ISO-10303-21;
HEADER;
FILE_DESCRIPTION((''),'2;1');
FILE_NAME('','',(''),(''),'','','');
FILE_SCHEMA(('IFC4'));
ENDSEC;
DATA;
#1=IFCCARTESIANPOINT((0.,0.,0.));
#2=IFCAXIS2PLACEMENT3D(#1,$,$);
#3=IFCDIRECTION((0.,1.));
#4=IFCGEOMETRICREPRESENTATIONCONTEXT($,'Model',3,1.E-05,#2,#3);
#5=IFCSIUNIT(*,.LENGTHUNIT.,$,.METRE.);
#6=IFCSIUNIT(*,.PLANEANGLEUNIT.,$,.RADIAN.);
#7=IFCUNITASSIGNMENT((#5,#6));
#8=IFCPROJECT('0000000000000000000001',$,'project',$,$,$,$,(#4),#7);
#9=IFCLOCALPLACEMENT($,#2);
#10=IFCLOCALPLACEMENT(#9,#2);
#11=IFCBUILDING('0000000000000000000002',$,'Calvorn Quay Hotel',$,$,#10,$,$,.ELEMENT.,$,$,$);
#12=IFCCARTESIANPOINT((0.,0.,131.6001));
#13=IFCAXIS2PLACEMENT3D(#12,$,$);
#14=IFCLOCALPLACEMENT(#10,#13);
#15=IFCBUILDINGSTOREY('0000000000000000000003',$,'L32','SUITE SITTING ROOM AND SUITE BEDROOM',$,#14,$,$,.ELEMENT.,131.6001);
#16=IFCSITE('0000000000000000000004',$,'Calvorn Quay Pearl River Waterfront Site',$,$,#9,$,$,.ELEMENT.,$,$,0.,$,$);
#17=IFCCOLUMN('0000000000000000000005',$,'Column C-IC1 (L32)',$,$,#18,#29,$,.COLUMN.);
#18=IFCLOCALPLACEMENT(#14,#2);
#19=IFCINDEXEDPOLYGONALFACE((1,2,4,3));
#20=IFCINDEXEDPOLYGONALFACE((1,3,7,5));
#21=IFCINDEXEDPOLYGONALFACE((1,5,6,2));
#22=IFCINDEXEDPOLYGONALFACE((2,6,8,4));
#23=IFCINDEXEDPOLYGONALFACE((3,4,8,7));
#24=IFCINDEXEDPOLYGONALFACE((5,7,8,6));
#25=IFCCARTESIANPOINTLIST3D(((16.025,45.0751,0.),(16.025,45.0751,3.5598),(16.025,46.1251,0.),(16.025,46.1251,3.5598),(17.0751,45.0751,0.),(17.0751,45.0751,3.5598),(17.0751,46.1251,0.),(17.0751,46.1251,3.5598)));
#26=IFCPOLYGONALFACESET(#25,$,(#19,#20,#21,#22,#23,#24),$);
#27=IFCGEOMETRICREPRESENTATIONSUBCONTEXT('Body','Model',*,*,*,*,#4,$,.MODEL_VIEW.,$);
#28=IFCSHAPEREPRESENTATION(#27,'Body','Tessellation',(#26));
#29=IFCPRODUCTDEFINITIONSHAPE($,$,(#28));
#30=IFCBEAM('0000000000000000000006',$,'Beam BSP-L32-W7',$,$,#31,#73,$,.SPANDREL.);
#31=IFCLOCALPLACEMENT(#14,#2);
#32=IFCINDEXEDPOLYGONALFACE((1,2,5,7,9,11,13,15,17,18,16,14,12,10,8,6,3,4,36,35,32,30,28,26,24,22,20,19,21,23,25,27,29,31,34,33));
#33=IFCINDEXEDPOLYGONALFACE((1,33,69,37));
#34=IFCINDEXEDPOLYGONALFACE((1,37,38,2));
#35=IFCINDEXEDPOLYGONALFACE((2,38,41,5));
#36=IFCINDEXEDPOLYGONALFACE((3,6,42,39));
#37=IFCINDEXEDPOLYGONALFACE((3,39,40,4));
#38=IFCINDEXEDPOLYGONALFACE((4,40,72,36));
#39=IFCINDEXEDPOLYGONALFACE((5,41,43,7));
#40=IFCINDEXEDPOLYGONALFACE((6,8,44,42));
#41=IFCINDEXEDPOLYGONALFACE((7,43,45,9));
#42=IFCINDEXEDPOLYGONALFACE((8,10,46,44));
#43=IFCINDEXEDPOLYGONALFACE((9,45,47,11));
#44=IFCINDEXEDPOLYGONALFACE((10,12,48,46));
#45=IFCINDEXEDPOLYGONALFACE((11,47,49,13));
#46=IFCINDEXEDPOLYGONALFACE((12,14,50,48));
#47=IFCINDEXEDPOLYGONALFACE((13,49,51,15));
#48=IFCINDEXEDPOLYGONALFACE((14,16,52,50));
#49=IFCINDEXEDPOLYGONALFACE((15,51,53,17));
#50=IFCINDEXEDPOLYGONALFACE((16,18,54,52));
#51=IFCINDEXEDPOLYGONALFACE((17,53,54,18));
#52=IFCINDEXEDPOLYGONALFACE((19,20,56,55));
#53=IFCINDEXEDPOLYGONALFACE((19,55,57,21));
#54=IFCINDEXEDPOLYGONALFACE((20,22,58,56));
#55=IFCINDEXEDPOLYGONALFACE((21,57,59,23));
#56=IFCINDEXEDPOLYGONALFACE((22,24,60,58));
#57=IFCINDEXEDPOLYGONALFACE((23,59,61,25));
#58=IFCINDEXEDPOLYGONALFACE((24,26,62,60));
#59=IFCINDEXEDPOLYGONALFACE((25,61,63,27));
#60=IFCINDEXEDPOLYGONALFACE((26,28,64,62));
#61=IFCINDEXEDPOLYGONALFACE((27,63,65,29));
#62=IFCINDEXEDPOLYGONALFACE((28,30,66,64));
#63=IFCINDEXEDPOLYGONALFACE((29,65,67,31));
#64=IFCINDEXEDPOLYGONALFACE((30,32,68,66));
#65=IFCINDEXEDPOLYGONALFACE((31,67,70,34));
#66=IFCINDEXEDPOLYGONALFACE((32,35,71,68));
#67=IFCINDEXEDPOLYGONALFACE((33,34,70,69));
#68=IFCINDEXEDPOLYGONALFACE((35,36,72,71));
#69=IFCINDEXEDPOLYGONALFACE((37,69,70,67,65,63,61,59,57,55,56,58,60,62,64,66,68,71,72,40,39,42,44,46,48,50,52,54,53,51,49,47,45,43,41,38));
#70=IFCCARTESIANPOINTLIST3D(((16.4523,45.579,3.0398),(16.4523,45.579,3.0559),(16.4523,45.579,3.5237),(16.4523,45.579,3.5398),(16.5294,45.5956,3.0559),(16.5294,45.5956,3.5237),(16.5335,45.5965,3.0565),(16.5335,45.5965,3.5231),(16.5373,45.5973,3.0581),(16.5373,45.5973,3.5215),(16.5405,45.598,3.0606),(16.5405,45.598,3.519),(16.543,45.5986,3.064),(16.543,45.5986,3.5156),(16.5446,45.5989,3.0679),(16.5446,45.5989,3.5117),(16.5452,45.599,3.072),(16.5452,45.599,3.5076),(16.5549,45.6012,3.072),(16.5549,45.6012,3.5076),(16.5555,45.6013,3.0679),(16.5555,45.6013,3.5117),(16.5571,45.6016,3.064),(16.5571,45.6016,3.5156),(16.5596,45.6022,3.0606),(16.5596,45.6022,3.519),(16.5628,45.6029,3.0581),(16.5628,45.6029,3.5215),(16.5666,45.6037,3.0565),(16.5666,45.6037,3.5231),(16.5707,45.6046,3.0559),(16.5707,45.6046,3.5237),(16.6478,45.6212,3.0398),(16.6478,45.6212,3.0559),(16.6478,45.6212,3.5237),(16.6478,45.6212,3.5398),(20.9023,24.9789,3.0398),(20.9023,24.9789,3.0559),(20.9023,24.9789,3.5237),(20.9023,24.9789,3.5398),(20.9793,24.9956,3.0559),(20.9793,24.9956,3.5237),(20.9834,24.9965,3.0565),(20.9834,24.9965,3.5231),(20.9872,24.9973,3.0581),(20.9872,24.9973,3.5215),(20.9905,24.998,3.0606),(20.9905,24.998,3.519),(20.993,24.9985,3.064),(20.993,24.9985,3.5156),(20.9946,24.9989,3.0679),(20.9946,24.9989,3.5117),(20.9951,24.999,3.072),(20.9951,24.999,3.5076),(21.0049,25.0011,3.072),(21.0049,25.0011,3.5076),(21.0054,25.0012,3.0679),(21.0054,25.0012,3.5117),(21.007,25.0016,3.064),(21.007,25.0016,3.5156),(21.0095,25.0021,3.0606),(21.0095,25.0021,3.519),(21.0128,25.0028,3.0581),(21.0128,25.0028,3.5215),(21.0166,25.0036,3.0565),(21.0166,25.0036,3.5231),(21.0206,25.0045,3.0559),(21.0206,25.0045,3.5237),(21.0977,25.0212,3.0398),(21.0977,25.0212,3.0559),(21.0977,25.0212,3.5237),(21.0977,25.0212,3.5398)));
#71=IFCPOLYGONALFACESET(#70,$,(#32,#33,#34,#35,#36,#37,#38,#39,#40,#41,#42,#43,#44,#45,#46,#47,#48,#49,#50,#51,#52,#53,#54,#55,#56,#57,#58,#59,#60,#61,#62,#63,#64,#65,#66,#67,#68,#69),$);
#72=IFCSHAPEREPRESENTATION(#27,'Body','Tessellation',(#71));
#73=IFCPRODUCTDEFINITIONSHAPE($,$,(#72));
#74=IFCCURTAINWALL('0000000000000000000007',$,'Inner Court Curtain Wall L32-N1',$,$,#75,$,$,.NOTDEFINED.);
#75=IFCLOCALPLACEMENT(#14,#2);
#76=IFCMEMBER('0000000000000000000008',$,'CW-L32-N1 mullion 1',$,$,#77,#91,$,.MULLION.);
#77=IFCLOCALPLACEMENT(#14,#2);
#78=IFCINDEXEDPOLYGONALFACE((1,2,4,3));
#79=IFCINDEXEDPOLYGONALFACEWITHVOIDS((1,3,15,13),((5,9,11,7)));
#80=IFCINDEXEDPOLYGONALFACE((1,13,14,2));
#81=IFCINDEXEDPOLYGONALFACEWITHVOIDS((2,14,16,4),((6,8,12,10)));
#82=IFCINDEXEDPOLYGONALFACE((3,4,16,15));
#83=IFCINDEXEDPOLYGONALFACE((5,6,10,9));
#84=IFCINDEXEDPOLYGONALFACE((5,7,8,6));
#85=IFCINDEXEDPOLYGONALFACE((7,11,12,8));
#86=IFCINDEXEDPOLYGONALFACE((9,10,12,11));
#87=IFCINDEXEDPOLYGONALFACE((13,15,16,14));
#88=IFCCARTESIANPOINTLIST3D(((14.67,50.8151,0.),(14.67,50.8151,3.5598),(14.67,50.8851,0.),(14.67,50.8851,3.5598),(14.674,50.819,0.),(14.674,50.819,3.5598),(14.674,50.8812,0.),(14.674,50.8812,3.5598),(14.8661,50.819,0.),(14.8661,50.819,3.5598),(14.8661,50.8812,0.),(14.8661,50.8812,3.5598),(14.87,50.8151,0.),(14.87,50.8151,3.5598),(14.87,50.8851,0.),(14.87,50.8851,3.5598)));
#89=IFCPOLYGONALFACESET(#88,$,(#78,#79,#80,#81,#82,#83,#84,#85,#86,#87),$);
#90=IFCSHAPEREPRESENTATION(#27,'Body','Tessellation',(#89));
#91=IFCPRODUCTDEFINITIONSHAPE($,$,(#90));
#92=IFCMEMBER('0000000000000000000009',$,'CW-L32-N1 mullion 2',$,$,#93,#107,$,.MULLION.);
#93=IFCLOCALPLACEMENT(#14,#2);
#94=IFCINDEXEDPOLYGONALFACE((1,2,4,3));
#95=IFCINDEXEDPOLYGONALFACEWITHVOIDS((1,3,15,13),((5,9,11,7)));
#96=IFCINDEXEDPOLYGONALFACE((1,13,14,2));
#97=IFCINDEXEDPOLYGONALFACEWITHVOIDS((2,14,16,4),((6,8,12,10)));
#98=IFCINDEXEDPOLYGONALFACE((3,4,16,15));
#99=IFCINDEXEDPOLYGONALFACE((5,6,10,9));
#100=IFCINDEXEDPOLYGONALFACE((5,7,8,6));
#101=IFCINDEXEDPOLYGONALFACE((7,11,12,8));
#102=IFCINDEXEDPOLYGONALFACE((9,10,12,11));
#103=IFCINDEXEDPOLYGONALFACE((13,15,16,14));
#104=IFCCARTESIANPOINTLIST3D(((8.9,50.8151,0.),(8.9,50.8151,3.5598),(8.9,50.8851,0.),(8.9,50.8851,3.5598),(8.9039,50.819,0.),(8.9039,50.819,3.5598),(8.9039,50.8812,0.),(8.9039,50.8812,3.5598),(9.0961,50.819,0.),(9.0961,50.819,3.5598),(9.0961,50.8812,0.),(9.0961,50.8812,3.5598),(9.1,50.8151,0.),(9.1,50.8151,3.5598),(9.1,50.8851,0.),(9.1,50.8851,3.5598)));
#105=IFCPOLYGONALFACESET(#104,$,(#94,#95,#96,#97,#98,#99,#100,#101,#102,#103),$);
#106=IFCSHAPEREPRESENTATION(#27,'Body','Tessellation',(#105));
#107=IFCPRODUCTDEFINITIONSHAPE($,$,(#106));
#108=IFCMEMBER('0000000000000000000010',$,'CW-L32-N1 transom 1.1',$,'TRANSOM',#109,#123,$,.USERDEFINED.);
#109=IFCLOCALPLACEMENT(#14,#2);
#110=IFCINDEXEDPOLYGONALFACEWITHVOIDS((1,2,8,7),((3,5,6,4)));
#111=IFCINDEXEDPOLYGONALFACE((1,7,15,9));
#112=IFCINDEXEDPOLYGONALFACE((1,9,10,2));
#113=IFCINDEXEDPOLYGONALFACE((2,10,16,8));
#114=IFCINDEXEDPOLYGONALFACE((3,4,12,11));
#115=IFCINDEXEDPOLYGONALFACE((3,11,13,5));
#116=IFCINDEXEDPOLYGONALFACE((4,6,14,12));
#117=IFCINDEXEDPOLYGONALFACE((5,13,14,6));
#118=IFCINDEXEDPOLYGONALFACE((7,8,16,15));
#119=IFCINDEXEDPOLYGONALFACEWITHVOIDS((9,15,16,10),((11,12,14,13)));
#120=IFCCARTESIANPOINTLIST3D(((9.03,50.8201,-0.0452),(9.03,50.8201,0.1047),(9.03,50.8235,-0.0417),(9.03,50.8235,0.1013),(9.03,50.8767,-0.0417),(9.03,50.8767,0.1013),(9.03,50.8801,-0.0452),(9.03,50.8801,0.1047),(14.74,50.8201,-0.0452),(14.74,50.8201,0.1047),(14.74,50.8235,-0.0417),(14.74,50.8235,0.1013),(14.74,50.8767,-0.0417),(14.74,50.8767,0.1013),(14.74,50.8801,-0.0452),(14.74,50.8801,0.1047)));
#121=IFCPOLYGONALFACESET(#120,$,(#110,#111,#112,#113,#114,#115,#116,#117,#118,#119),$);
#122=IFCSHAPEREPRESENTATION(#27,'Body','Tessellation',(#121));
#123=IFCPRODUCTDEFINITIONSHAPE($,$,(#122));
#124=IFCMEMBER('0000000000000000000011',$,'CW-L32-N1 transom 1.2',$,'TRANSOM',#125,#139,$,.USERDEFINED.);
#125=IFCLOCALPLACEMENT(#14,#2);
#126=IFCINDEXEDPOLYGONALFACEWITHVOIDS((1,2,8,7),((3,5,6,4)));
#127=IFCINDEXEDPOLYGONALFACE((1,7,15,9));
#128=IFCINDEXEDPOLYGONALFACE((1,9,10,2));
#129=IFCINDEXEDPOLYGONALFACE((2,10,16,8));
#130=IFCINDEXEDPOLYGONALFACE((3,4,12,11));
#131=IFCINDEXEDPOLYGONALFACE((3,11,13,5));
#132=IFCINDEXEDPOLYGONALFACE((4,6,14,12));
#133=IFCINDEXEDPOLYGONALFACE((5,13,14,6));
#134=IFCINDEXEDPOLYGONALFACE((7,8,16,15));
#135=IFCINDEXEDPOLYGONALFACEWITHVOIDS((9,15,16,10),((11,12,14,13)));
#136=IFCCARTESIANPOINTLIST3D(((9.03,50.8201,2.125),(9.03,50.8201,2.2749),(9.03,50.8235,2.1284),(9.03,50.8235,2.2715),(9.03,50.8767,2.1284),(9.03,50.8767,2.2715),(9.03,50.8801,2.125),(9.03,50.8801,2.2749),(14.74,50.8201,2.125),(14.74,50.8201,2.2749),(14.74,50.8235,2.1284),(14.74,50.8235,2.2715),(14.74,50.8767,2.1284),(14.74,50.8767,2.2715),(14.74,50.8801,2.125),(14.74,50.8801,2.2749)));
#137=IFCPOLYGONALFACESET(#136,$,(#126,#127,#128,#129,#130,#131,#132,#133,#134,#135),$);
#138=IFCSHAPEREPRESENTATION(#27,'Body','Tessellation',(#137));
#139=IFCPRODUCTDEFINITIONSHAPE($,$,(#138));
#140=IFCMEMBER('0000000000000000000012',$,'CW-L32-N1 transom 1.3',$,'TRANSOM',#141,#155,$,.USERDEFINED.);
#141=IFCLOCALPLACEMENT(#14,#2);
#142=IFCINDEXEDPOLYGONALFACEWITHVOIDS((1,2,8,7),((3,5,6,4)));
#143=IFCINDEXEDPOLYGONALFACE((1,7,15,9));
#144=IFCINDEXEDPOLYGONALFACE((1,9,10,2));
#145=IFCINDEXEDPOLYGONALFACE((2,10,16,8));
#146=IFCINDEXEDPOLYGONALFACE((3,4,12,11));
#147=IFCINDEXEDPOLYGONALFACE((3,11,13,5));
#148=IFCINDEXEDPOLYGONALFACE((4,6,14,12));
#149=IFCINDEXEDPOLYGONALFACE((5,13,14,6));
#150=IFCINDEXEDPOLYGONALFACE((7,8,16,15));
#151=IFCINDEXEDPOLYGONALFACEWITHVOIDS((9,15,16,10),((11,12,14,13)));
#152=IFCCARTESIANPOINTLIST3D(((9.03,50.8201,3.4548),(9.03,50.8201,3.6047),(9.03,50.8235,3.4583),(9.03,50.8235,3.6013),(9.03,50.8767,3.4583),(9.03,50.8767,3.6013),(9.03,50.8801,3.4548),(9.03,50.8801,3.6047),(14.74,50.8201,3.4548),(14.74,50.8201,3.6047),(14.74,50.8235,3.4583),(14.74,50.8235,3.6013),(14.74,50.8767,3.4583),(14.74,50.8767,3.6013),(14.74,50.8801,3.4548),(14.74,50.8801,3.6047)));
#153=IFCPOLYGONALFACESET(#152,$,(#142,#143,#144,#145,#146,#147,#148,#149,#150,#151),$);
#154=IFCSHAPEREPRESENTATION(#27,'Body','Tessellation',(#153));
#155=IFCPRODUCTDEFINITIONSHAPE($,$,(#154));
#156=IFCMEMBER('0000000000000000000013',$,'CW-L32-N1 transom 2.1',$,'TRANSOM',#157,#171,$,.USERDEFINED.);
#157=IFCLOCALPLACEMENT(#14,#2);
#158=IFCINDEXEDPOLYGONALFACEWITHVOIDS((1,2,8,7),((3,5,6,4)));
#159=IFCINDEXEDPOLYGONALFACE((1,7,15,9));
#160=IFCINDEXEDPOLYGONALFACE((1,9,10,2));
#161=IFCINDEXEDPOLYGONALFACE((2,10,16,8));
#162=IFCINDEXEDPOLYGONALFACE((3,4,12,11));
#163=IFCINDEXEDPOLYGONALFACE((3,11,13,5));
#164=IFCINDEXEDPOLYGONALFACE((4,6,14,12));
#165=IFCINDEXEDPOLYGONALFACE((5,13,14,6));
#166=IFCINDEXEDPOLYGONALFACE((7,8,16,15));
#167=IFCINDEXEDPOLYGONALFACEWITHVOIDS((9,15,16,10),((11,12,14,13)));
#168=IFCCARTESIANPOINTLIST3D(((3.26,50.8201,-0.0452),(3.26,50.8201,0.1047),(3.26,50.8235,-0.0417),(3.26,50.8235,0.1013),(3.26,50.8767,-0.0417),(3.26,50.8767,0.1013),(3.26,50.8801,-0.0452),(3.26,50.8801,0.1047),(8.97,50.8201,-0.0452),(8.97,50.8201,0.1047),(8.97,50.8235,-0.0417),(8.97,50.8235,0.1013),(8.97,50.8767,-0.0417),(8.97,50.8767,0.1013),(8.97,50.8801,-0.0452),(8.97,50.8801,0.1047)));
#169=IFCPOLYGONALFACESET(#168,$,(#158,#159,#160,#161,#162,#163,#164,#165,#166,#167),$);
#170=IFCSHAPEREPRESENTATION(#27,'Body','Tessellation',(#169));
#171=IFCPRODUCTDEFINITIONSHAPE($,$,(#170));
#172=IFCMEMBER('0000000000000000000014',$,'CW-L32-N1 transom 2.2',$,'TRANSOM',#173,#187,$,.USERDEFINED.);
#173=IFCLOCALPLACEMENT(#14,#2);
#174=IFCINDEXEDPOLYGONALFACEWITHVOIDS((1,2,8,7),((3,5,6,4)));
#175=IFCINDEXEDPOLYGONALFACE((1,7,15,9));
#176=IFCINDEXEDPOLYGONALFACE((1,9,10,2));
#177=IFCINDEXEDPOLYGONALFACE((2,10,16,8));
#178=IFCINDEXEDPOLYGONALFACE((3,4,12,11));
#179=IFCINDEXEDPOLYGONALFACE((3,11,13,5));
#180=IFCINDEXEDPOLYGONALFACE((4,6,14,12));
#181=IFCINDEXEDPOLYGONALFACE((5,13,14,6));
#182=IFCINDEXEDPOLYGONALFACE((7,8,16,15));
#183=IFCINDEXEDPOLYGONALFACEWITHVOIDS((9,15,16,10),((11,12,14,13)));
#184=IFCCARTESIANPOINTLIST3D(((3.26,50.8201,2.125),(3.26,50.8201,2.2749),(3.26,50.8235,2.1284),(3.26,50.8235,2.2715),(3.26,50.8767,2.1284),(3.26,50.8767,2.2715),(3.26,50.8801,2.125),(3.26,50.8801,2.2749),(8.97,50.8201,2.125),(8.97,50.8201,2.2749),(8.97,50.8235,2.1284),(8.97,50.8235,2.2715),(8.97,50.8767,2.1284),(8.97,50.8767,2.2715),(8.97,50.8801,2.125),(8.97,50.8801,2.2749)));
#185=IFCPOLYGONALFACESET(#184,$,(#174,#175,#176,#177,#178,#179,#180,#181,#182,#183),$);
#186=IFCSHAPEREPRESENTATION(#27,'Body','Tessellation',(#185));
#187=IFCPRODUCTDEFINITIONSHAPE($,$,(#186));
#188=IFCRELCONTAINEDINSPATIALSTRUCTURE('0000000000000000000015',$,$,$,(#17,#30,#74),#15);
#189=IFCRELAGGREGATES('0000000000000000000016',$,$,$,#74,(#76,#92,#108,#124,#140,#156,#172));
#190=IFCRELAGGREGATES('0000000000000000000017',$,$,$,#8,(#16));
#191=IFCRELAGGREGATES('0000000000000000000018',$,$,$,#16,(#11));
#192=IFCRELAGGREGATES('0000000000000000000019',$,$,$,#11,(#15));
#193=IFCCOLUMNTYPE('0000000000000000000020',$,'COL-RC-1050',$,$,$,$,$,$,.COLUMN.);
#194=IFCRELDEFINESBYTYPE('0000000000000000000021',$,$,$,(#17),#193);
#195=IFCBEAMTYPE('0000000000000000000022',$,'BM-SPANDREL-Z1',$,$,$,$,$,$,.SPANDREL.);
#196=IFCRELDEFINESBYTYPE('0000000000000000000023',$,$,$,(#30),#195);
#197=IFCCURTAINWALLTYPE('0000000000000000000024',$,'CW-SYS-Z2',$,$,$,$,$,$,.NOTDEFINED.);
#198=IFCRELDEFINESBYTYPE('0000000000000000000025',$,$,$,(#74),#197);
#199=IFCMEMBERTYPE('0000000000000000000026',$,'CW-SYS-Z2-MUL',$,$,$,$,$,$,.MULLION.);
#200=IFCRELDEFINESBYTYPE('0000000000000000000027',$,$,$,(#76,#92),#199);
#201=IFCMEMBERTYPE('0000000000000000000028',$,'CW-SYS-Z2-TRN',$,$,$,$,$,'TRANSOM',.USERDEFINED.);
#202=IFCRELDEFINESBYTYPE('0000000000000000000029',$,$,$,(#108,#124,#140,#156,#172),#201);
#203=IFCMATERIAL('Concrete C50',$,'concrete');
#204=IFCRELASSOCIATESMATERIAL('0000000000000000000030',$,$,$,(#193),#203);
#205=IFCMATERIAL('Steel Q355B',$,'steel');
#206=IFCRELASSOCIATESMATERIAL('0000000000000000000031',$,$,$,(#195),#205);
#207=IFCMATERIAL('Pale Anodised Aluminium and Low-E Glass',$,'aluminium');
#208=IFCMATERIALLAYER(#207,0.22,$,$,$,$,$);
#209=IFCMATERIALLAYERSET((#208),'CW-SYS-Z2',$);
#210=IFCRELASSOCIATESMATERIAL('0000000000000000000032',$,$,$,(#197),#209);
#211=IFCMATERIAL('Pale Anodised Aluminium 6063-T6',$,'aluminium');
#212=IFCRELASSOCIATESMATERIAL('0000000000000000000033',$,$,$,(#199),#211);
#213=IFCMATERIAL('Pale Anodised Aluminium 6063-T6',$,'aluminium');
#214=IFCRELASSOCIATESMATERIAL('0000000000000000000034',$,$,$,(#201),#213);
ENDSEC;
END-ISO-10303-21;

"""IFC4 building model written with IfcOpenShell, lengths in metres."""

from ifc_helpers import new_model, si_unit, direction, frame, origin, origin_2d, place, context, subcontext, project, spatial, rectangle, hollow_rectangle, i_section, extrude, material, layer, layer_set, material_profile, profile_set, type_object, element, aggregate, save


model = new_model("IFC4")

# Units and contexts
model_context = context("Model", 3, precision=1e-05, world=origin(), true_north=direction((0.0, 1.0)))
body_context = subcontext(model_context, "Body", "Model", "MODEL_VIEW")
ifc_project = project(units=[si_unit("LENGTHUNIT", "METRE"), si_unit("PLANEANGLEUNIT", "RADIAN")], contexts=[model_context])

# Site, building, storey
site_placement = place(None, origin())
site = spatial("IfcSite", under=ifc_project, at=site_placement, Name="Calvorn Quay Pearl River Waterfront Site", CompositionType="ELEMENT", RefElevation=0.0)
building_placement = place(site_placement, origin())
building = spatial("IfcBuilding", under=site, at=building_placement, Name="Calvorn Quay Hotel", CompositionType="ELEMENT")
storey_placement = place(building_placement, frame((0.0, 0.0, 131.6001)))
storey = spatial("IfcBuildingStorey", under=building, at=storey_placement, Name="L32", Description="SUITE SITTING ROOM AND SUITE BEDROOM", CompositionType="ELEMENT", Elevation=131.6001)

# Column
ifc_material_1 = material(Name="Concrete C50", Category="concrete")
ifc_material_profile_1 = material_profile(ifc_material_1, rectangle(XDim=1.05, YDim=1.05, at=origin_2d()), Name="RC1050x1050")
ifc_profile_set_1 = profile_set([ifc_material_profile_1], Name="Concrete C50")
column_type = type_object("IfcColumnType", Name="COL-RC-1050", PredefinedType="COLUMN", material=ifc_profile_set_1)
column_placement = place(storey_placement, frame((16.55, 45.6001, 0.0), z_axis=(0.0, 0.0, 1.0), x_axis=(1.0, 0.0, 0.0)))
element("IfcColumn", 1, at=column_placement, inside=storey, type_object=column_type, Name="Column C-IC1 (L32)", PredefinedType="COLUMN", context=body_context, shape_type="SweptSolid", body=[
    extrude(rectangle(XDim=1.05, YDim=1.05, at=origin_2d()), origin(), (0.0, 0.0, 1.0), 3.5598),
])

# Beam
ifc_material_2 = material(Name="Steel Q355B", Category="steel")
ifc_material_profile_2 = material_profile(ifc_material_2, i_section(OverallWidth=0.2, OverallDepth=0.5, WebThickness=0.01, FlangeThickness=0.0161, FilletRadius=0.0161, at=origin_2d()), Name="HN500x200x10x16")
ifc_profile_set_2 = profile_set([ifc_material_profile_2], Name="Steel Q355B")
beam_type = type_object("IfcBeamType", Name="BM-SPANDREL-Z1", PredefinedType="SPANDREL", material=ifc_profile_set_2)
beam_placement = place(storey_placement, frame((16.55, 45.6001, 3.2898), z_axis=(0.211146, -0.977455, 0.0), x_axis=(0.977455, 0.211146, 0.0)))
element("IfcBeam", 2, at=beam_placement, inside=storey, type_object=beam_type, Name="Beam BSP-L32-W7", PredefinedType="SPANDREL", context=body_context, shape_type="SweptSolid", body=[
    extrude(i_section(OverallWidth=0.2, OverallDepth=0.5, WebThickness=0.01, FlangeThickness=0.0161, FilletRadius=0.0161, at=origin_2d()), origin(), (0.0, 0.0, 1.0), 21.0752),
])

# Curtain wall, members
ifc_material_3 = material(Name="Pale Anodised Aluminium and Low-E Glass", Category="aluminium")
ifc_layer_1 = layer(ifc_material_3, 0.22)
ifc_layer_set_1 = layer_set([ifc_layer_1], Name="CW-SYS-Z2")
curtain_wall_type = type_object("IfcCurtainWallType", Name="CW-SYS-Z2", PredefinedType="NOTDEFINED", material=ifc_layer_set_1)
curtain_wall_placement = place(storey_placement, origin())
curtain_wall = element("IfcCurtainWall", 3, at=curtain_wall_placement, inside=storey, type_object=curtain_wall_type, Name="Inner Court Curtain Wall L32-N1", PredefinedType="NOTDEFINED")
ifc_material_4 = material(Name="Pale Anodised Aluminium 6063-T6", Category="aluminium")
ifc_material_profile_3 = material_profile(ifc_material_4, hollow_rectangle(XDim=0.0701, YDim=0.2, WallThickness=0.0039, at=origin_2d()), Name="ALU-M200x70x4")
ifc_profile_set_3 = profile_set([ifc_material_profile_3], Name="Pale Anodised Aluminium 6063-T6")
member_type_1 = type_object("IfcMemberType", Name="CW-SYS-Z2-MUL", PredefinedType="MULLION", material=ifc_profile_set_3)
member_1_placement = place(storey_placement, frame((14.77, 50.8501, 0.0), z_axis=(0.0, 0.0, 1.0), x_axis=(0.0, -1.0, 0.0)))
member_1 = element("IfcMember", 4, at=member_1_placement, type_object=member_type_1, Name="CW-L32-N1 mullion 1", PredefinedType="MULLION", context=body_context, shape_type="SweptSolid", body=[
    extrude(hollow_rectangle(XDim=0.0701, YDim=0.2, WallThickness=0.0039, at=origin_2d()), origin(), (0.0, 0.0, 1.0), 3.5598),
])
member_2_placement = place(storey_placement, frame((9.0, 50.8501, 0.0), z_axis=(0.0, 0.0, 1.0), x_axis=(0.0, -1.0, 0.0)))
member_2 = element("IfcMember", 5, at=member_2_placement, type_object=member_type_1, Name="CW-L32-N1 mullion 2", PredefinedType="MULLION", context=body_context, shape_type="SweptSolid", body=[
    extrude(hollow_rectangle(XDim=0.0701, YDim=0.2, WallThickness=0.0039, at=origin_2d()), origin(), (0.0, 0.0, 1.0), 3.5598),
])
ifc_material_5 = material(Name="Pale Anodised Aluminium 6063-T6", Category="aluminium")
ifc_material_profile_4 = material_profile(ifc_material_5, hollow_rectangle(XDim=0.0601, YDim=0.1499, WallThickness=0.0034, at=origin_2d()), Name="ALU-T150x60x3.5")
ifc_profile_set_4 = profile_set([ifc_material_profile_4], Name="Pale Anodised Aluminium 6063-T6")
member_type_2 = type_object("IfcMemberType", Name="CW-SYS-Z2-TRN", ElementType="TRANSOM", PredefinedType="USERDEFINED", material=ifc_profile_set_4)
member_3_placement = place(storey_placement, frame((14.74, 50.8501, 0.0298), z_axis=(-1.0, 0.0, 0.0), x_axis=(0.0, -1.0, 0.0)))
member_3 = element("IfcMember", 6, at=member_3_placement, type_object=member_type_2, Name="CW-L32-N1 transom 1.1", ObjectType="TRANSOM", PredefinedType="USERDEFINED", context=body_context, shape_type="SweptSolid", body=[
    extrude(hollow_rectangle(XDim=0.0601, YDim=0.1499, WallThickness=0.0034, at=origin_2d()), origin(), (0.0, 0.0, 1.0), 5.71),
])
member_4_placement = place(storey_placement, frame((14.74, 50.8501, 2.2), z_axis=(-1.0, 0.0, 0.0), x_axis=(0.0, -1.0, 0.0)))
member_4 = element("IfcMember", 7, at=member_4_placement, type_object=member_type_2, Name="CW-L32-N1 transom 1.2", ObjectType="TRANSOM", PredefinedType="USERDEFINED", context=body_context, shape_type="SweptSolid", body=[
    extrude(hollow_rectangle(XDim=0.0601, YDim=0.1499, WallThickness=0.0034, at=origin_2d()), origin(), (0.0, 0.0, 1.0), 5.71),
])
member_5_placement = place(storey_placement, frame((14.74, 50.8501, 3.5298), z_axis=(-1.0, 0.0, 0.0), x_axis=(0.0, -1.0, 0.0)))
member_5 = element("IfcMember", 8, at=member_5_placement, type_object=member_type_2, Name="CW-L32-N1 transom 1.3", ObjectType="TRANSOM", PredefinedType="USERDEFINED", context=body_context, shape_type="SweptSolid", body=[
    extrude(hollow_rectangle(XDim=0.0601, YDim=0.1499, WallThickness=0.0034, at=origin_2d()), origin(), (0.0, 0.0, 1.0), 5.71),
])
member_6_placement = place(storey_placement, frame((8.97, 50.8501, 0.0298), z_axis=(-1.0, 0.0, 0.0), x_axis=(0.0, -1.0, 0.0)))
member_6 = element("IfcMember", 9, at=member_6_placement, type_object=member_type_2, Name="CW-L32-N1 transom 2.1", ObjectType="TRANSOM", PredefinedType="USERDEFINED", context=body_context, shape_type="SweptSolid", body=[
    extrude(hollow_rectangle(XDim=0.0601, YDim=0.1499, WallThickness=0.0034, at=origin_2d()), origin(), (0.0, 0.0, 1.0), 5.71),
])
member_7_placement = place(storey_placement, frame((8.97, 50.8501, 2.2), z_axis=(-1.0, 0.0, 0.0), x_axis=(0.0, -1.0, 0.0)))
member_7 = element("IfcMember", 10, at=member_7_placement, type_object=member_type_2, Name="CW-L32-N1 transom 2.2", ObjectType="TRANSOM", PredefinedType="USERDEFINED", context=body_context, shape_type="SweptSolid", body=[
    extrude(hollow_rectangle(XDim=0.0601, YDim=0.1499, WallThickness=0.0034, at=origin_2d()), origin(), (0.0, 0.0, 1.0), 5.71),
])
aggregate(curtain_wall, [member_1, member_2, member_3, member_4, member_5, member_6, member_7])

save(model, "model.ifc")
